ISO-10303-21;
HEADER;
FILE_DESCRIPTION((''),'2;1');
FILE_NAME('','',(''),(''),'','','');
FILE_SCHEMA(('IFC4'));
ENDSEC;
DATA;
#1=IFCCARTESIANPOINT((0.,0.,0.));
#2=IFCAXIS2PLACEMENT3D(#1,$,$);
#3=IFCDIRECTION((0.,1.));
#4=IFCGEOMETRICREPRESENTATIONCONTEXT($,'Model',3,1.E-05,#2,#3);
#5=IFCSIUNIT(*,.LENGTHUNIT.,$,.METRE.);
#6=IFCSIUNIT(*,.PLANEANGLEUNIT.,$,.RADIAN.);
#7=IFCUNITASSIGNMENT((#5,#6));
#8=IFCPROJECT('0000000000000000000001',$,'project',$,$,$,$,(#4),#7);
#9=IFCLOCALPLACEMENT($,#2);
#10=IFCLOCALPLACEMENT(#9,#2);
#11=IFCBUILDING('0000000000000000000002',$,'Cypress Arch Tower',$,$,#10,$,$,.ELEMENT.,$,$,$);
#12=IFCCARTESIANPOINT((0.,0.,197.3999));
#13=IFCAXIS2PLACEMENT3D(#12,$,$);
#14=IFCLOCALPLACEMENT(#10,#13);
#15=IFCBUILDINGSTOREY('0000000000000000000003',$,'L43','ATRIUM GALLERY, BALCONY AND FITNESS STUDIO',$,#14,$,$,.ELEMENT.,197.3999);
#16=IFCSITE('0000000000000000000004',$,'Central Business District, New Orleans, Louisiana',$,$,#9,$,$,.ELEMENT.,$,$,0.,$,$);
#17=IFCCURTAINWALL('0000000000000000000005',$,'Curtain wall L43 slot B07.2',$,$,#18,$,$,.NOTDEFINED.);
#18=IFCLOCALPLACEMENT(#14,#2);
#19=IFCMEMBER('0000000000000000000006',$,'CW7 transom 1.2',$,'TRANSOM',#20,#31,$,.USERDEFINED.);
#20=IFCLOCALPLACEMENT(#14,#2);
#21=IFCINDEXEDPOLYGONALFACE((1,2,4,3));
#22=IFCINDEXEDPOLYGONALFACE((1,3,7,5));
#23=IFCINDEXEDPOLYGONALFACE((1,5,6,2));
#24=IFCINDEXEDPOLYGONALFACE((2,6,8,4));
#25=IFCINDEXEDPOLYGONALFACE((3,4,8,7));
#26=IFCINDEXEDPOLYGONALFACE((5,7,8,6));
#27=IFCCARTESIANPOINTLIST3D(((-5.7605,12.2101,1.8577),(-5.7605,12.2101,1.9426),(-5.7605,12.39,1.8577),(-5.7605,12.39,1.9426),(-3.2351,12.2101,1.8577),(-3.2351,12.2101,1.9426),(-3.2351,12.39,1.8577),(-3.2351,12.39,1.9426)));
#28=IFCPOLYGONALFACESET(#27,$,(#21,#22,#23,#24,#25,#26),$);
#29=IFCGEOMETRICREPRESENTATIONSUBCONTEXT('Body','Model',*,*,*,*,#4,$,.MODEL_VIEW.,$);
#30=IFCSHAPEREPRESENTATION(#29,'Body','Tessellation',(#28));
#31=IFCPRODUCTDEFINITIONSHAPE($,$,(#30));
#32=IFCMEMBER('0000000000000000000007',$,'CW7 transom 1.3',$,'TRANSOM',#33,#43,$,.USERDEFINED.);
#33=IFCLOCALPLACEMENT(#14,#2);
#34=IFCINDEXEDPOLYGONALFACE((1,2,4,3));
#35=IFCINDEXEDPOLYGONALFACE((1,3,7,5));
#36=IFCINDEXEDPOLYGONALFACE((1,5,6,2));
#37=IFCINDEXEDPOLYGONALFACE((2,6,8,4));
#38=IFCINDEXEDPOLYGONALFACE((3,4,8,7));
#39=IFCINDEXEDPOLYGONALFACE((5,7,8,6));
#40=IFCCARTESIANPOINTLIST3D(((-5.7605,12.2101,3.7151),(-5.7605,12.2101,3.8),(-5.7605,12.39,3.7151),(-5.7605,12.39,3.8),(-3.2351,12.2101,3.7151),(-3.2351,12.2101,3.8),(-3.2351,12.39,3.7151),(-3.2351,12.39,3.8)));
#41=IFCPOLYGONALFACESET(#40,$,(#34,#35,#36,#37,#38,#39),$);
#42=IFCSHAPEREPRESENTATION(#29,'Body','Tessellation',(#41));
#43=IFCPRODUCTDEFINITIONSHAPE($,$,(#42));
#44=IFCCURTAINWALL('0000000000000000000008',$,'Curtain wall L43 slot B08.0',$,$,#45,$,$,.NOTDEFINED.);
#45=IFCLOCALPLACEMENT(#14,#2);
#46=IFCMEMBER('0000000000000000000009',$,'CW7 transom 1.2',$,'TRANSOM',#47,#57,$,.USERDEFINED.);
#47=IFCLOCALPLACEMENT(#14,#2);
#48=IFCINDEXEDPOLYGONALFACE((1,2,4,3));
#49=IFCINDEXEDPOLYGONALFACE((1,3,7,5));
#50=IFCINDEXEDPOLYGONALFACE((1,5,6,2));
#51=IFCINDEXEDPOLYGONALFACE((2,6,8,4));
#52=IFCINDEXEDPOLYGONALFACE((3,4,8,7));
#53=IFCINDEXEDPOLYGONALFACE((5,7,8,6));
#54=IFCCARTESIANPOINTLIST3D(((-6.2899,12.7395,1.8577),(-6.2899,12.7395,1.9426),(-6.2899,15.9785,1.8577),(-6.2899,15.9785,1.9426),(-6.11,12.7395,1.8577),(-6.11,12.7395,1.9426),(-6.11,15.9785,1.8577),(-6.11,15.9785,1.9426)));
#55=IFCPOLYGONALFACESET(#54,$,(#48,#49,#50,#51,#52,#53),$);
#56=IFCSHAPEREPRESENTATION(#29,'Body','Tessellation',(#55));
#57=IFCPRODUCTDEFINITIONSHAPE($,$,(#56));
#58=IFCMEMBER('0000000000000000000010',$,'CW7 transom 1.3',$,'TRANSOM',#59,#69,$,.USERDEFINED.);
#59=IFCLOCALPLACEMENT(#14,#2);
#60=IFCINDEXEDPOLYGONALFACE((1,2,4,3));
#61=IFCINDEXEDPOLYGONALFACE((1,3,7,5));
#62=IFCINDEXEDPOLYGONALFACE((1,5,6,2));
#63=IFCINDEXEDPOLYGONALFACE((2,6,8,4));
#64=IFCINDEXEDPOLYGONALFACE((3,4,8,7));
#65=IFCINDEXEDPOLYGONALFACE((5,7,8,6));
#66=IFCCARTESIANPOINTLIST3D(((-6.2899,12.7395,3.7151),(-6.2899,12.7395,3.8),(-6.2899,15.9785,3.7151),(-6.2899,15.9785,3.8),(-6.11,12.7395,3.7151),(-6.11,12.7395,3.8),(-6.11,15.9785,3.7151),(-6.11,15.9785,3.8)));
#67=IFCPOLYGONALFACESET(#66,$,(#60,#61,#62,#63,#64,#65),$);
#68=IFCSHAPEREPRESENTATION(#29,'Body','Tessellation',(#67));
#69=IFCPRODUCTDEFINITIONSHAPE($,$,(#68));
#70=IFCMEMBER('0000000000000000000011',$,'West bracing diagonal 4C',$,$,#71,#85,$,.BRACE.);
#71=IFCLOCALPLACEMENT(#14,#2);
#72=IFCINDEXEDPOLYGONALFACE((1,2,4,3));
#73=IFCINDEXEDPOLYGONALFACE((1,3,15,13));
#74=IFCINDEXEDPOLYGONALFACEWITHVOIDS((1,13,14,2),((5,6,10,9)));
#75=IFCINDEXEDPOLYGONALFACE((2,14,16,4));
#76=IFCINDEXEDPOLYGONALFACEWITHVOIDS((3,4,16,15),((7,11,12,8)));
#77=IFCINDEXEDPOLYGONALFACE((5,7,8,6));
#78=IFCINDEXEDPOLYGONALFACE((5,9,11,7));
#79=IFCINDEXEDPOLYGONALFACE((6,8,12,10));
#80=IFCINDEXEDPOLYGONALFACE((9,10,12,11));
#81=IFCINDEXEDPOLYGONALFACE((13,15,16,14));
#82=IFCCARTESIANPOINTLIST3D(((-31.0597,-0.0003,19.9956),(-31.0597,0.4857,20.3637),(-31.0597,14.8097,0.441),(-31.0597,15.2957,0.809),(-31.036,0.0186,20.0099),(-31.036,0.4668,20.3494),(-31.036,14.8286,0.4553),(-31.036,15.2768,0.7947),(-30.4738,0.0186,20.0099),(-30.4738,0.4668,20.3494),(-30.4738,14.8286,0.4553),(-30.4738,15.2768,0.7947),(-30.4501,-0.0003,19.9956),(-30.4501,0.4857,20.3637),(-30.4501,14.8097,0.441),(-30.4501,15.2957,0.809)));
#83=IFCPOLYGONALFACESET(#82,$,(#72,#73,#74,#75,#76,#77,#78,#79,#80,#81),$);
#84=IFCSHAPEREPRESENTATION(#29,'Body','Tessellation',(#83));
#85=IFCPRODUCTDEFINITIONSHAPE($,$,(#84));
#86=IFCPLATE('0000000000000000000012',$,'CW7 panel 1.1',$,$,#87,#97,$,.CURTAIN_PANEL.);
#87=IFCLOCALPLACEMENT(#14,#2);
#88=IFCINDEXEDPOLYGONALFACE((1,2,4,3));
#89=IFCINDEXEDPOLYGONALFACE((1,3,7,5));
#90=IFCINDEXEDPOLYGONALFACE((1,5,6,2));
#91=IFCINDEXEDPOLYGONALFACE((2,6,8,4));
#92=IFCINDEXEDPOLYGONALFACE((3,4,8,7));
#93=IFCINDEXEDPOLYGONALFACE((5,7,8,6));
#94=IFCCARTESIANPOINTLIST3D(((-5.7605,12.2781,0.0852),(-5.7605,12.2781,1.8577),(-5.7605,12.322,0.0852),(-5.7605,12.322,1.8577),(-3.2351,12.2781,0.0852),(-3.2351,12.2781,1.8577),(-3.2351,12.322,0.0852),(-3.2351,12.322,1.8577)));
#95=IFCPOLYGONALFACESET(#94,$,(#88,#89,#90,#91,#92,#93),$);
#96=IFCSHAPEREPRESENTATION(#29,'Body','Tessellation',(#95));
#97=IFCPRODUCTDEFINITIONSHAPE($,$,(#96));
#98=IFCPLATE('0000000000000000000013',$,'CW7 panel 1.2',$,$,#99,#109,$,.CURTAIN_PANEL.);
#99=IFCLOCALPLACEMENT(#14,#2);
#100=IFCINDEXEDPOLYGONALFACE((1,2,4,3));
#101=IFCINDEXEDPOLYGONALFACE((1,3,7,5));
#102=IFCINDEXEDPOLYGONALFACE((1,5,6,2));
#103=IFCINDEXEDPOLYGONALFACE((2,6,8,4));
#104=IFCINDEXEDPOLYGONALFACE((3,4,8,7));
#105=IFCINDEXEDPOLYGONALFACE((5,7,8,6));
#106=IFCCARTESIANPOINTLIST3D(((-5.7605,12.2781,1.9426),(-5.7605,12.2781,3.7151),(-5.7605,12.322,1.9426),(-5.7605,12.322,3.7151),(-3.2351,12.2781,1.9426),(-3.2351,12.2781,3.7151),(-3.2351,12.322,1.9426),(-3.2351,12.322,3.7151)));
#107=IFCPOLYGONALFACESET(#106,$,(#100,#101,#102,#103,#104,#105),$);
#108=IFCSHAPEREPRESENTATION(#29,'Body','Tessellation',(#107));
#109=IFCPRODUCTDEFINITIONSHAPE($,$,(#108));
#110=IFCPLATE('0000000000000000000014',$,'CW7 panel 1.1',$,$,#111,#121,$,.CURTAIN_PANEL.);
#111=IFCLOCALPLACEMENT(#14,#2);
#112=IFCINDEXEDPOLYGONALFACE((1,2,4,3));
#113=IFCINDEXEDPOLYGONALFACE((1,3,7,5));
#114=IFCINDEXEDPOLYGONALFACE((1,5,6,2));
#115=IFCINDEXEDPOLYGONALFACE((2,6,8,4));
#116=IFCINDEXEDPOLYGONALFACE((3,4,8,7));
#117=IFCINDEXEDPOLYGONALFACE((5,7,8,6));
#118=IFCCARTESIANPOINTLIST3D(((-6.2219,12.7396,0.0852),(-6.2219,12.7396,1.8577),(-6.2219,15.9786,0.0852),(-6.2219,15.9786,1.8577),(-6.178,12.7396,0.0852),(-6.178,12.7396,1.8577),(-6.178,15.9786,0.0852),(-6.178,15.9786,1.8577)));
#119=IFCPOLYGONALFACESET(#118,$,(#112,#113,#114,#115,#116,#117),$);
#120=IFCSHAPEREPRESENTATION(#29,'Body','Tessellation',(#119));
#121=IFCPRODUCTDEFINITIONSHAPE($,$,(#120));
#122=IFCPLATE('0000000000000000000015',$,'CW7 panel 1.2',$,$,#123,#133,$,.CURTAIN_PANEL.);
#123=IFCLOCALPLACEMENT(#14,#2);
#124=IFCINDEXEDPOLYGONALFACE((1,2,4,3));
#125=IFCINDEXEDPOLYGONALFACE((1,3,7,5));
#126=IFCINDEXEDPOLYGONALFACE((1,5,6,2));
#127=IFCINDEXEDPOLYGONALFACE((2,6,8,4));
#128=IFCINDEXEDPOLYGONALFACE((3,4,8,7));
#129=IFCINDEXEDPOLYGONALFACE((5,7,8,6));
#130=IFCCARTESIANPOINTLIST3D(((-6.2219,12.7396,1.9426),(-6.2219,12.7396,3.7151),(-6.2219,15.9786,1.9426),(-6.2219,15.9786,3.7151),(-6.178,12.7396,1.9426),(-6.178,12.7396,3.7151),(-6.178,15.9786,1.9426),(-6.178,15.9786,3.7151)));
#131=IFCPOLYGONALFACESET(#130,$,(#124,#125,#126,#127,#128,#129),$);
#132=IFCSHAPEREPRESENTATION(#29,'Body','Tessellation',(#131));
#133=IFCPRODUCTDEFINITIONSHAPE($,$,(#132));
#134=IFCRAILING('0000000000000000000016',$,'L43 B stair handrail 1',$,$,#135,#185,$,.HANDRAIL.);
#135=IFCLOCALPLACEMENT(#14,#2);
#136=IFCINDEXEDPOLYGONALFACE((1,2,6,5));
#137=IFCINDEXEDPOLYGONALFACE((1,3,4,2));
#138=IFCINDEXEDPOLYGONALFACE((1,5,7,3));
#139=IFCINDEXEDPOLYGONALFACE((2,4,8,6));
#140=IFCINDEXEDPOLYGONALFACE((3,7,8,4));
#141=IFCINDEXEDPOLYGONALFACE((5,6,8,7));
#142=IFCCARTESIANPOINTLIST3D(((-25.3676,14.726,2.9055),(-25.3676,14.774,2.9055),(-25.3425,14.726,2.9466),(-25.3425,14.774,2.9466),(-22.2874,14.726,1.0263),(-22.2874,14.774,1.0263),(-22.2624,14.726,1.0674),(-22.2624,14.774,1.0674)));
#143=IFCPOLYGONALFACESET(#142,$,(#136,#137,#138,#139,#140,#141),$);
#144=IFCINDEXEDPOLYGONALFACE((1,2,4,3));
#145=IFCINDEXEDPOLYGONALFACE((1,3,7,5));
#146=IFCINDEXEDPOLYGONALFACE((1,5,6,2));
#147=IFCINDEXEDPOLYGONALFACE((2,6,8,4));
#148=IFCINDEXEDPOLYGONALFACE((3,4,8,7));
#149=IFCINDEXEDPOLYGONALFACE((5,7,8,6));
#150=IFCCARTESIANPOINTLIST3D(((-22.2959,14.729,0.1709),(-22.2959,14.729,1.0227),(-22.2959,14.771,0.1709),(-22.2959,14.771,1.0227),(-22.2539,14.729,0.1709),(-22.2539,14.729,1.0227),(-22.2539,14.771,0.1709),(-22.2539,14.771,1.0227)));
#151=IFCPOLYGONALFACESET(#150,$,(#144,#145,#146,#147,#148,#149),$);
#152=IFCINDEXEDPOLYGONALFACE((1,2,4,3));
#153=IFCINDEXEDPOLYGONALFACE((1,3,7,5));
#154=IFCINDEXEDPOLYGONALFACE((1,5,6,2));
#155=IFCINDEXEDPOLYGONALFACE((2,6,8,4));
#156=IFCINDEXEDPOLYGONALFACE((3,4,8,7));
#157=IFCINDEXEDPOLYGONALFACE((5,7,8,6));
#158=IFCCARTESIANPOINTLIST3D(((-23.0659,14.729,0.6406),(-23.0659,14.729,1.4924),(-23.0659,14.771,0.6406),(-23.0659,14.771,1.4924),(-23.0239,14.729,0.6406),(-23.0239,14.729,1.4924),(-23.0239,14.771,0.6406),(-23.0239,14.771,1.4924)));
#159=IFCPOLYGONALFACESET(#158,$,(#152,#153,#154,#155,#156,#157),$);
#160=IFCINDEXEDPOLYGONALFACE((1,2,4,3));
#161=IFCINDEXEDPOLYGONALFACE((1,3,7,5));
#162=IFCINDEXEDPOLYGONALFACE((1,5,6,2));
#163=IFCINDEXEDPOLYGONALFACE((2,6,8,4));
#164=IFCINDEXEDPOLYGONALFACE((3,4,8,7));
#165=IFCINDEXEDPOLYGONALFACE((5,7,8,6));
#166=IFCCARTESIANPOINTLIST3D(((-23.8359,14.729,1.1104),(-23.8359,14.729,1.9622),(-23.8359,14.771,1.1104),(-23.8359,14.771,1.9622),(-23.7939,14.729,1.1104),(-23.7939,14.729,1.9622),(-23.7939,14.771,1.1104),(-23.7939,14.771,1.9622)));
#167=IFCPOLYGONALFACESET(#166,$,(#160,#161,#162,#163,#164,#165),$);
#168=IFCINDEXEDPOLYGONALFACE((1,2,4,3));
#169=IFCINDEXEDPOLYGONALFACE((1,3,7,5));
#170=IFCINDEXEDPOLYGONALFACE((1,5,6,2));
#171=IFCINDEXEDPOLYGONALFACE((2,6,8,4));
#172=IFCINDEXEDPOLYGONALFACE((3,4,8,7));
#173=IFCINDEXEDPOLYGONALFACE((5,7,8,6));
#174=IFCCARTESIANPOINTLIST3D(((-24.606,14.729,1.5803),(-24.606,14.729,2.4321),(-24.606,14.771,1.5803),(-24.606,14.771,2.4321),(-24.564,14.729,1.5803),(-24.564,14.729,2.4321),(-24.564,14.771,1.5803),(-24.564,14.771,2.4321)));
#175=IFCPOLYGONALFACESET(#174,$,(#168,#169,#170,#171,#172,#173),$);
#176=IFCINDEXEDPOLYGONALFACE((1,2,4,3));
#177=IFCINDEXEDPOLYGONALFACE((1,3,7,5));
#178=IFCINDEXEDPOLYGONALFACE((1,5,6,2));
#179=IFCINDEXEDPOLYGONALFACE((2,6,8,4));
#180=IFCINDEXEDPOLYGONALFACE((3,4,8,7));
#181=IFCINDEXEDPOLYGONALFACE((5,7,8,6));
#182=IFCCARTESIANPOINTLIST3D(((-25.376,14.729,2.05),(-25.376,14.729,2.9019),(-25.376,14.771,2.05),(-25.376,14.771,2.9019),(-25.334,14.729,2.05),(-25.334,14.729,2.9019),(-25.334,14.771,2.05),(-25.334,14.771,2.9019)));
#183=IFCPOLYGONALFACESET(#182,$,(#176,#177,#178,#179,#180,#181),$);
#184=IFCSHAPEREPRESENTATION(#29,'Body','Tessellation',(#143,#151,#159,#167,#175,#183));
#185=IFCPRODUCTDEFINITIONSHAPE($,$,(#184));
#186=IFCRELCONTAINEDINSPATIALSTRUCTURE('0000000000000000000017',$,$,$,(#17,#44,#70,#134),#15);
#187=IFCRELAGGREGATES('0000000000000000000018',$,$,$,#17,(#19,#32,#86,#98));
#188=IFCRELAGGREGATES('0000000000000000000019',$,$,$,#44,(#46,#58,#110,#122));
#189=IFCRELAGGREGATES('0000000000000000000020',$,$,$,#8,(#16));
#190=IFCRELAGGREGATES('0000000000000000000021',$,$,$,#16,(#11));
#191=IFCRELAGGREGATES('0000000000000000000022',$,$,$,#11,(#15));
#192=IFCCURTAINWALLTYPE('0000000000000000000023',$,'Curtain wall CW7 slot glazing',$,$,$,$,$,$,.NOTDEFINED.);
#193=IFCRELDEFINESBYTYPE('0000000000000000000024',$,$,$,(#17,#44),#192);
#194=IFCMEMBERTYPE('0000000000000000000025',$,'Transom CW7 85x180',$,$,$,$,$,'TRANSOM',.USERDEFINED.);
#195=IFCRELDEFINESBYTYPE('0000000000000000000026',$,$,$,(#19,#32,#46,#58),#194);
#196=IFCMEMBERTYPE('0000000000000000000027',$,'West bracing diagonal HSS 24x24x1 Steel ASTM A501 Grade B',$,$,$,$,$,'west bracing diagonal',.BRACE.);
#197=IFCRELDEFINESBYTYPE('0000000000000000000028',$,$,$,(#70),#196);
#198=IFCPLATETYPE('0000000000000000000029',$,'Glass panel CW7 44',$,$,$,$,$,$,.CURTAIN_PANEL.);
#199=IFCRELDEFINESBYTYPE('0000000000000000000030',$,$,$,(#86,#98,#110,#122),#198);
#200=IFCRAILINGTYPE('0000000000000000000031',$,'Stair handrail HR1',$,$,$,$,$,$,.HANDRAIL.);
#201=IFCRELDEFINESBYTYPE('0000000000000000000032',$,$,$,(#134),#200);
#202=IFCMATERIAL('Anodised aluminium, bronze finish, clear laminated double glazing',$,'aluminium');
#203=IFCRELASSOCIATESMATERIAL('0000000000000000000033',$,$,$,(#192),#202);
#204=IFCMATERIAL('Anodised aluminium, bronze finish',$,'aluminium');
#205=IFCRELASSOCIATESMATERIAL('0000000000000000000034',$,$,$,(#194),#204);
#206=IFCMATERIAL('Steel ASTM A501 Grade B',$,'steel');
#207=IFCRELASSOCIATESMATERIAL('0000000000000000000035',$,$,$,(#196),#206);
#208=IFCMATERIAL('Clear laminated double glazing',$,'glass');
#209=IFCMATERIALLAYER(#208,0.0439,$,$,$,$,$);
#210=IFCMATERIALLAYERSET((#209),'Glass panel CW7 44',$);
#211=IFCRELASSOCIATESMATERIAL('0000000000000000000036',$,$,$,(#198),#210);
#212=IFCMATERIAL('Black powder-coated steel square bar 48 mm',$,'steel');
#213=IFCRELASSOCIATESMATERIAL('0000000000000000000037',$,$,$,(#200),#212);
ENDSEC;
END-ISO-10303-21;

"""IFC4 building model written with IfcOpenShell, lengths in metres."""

from ifc_helpers import new_model, si_unit, direction, frame, origin, origin_2d, place, context, subcontext, project, spatial, rectangle, hollow_rectangle, extrude, material, layer, layer_set, material_profile, profile_set, type_object, element, aggregate, save


model = new_model("IFC4")

# Units and contexts
model_context = context("Model", 3, precision=1e-05, world=origin(), true_north=direction((0.0, 1.0)))
body_context = subcontext(model_context, "Body", "Model", "MODEL_VIEW")
ifc_project = project(units=[si_unit("LENGTHUNIT", "METRE"), si_unit("PLANEANGLEUNIT", "RADIAN")], contexts=[model_context])

# Site, building, storey
site_placement = place(None, origin())
site = spatial("IfcSite", under=ifc_project, at=site_placement, Name="Central Business District, New Orleans, Louisiana", CompositionType="ELEMENT", RefElevation=0.0)
building_placement = place(site_placement, origin())
building = spatial("IfcBuilding", under=site, at=building_placement, Name="Cypress Arch Tower", CompositionType="ELEMENT")
storey_placement = place(building_placement, frame((0.0, 0.0, 197.3999)))
storey = spatial("IfcBuildingStorey", under=building, at=storey_placement, Name="L43", Description="ATRIUM GALLERY, BALCONY AND FITNESS STUDIO", CompositionType="ELEMENT", Elevation=197.3999)

# Curtain walls, members
ifc_material_1 = material(Name="Anodised aluminium, bronze finish, clear laminated double glazing", Category="aluminium")
curtain_wall_type = type_object("IfcCurtainWallType", Name="Curtain wall CW7 slot glazing", PredefinedType="NOTDEFINED", material=ifc_material_1)
curtain_wall_1_placement = place(storey_placement, origin())
curtain_wall_1 = element("IfcCurtainWall", 1, at=curtain_wall_1_placement, inside=storey, type_object=curtain_wall_type, Name="Curtain wall L43 slot B07.2", PredefinedType="NOTDEFINED")
ifc_material_2 = material(Name="Anodised aluminium, bronze finish", Category="aluminium")
ifc_material_profile_1 = material_profile(ifc_material_2, rectangle(XDim=0.1799, YDim=0.085, at=origin_2d()), Name="Transom 85x180")
ifc_profile_set_1 = profile_set([ifc_material_profile_1], Name="Anodised aluminium, bronze finish")
member_type_1 = type_object("IfcMemberType", Name="Transom CW7 85x180", ElementType="TRANSOM", PredefinedType="USERDEFINED", material=ifc_profile_set_1)
member_1_placement = place(storey_placement, frame((-3.2351, 12.3, 1.9001), z_axis=(-1.0, 0.0, 0.0), x_axis=(0.0, -1.0, 0.0)))
member_1 = element("IfcMember", 2, at=member_1_placement, type_object=member_type_1, Name="CW7 transom 1.2", ObjectType="TRANSOM", PredefinedType="USERDEFINED", context=body_context, shape_type="SweptSolid", body=[
    extrude(rectangle(XDim=0.1799, YDim=0.085, at=origin_2d()), origin(), (0.0, 0.0, 1.0), 2.5254),
])
member_2_placement = place(storey_placement, frame((-3.2351, 12.3, 3.7576), z_axis=(-1.0, 0.0, 0.0), x_axis=(0.0, -1.0, 0.0)))
member_2 = element("IfcMember", 3, at=member_2_placement, type_object=member_type_1, Name="CW7 transom 1.3", ObjectType="TRANSOM", PredefinedType="USERDEFINED", context=body_context, shape_type="SweptSolid", body=[
    extrude(rectangle(XDim=0.1799, YDim=0.085, at=origin_2d()), origin(), (0.0, 0.0, 1.0), 2.5254),
])
curtain_wall_2_placement = place(storey_placement, origin())
curtain_wall_2 = element("IfcCurtainWall", 4, at=curtain_wall_2_placement, inside=storey, type_object=curtain_wall_type, Name="Curtain wall L43 slot B08.0", PredefinedType="NOTDEFINED")
member_3_placement = place(storey_placement, frame((-6.2, 12.7395, 1.9001), z_axis=(0.0, 1.0, 0.0), x_axis=(-1.0, 0.0, 0.0)))
member_3 = element("IfcMember", 5, at=member_3_placement, type_object=member_type_1, Name="CW7 transom 1.2", ObjectType="TRANSOM", PredefinedType="USERDEFINED", context=body_context, shape_type="SweptSolid", body=[
    extrude(rectangle(XDim=0.1799, YDim=0.085, at=origin_2d()), origin(), (0.0, 0.0, 1.0), 3.239),
])
member_4_placement = place(storey_placement, frame((-6.2, 12.7395, 3.7576), z_axis=(0.0, 1.0, 0.0), x_axis=(-1.0, 0.0, 0.0)))
member_4 = element("IfcMember", 6, at=member_4_placement, type_object=member_type_1, Name="CW7 transom 1.3", ObjectType="TRANSOM", PredefinedType="USERDEFINED", context=body_context, shape_type="SweptSolid", body=[
    extrude(rectangle(XDim=0.1799, YDim=0.085, at=origin_2d()), origin(), (0.0, 0.0, 1.0), 3.239),
])

# Member
ifc_material_3 = material(Name="Steel ASTM A501 Grade B", Category="steel")
ifc_material_profile_2 = material_profile(ifc_material_3, hollow_rectangle(XDim=0.6096, YDim=0.6096, WallThickness=0.0237, at=origin_2d()), Name="HSS 24x24x1")
ifc_profile_set_2 = profile_set([ifc_material_profile_2], Name="Steel ASTM A501 Grade B")
member_type_2 = type_object("IfcMemberType", Name="West bracing diagonal HSS 24x24x1 Steel ASTM A501 Grade B", ElementType="west bracing diagonal", PredefinedType="BRACE", material=ifc_profile_set_2)
member_5_placement = place(storey_placement, frame((-30.7549, 15.0527, 0.625), z_axis=(0.0, -0.603752, 0.797173), x_axis=(1.0, 0.0, 0.0)))
element("IfcMember", 7, at=member_5_placement, inside=storey, type_object=member_type_2, Name="West bracing diagonal 4C", PredefinedType="BRACE", context=body_context, shape_type="SweptSolid", body=[
    extrude(hollow_rectangle(XDim=0.6096, YDim=0.6096, WallThickness=0.0237, at=origin_2d()), origin(), (0.0, 0.0, 1.0), 24.53),
])

# Plates
ifc_material_4 = material(Name="Clear laminated double glazing", Category="glass")
ifc_layer = layer(ifc_material_4, 0.0439)
ifc_layer_set = layer_set([ifc_layer], Name="Glass panel CW7 44")
plate_type = type_object("IfcPlateType", Name="Glass panel CW7 44", PredefinedType="CURTAIN_PANEL", material=ifc_layer_set)
plate_1_placement = place(storey_placement, frame((-4.4978, 12.3, 0.0852), z_axis=(0.0, 0.0, 1.0), x_axis=(-1.0, 0.0, 0.0)))
plate_1 = element("IfcPlate", 8, at=plate_1_placement, type_object=plate_type, Name="CW7 panel 1.1", PredefinedType="CURTAIN_PANEL", context=body_context, shape_type="SweptSolid", body=[
    extrude(rectangle(XDim=2.5254, YDim=0.0439, at=origin_2d()), origin(), (0.0, 0.0, 1.0), 1.7725),
])
plate_2_placement = place(storey_placement, frame((-4.4978, 12.3, 1.9426), z_axis=(0.0, 0.0, 1.0), x_axis=(-1.0, 0.0, 0.0)))
plate_2 = element("IfcPlate", 9, at=plate_2_placement, type_object=plate_type, Name="CW7 panel 1.2", PredefinedType="CURTAIN_PANEL", context=body_context, shape_type="SweptSolid", body=[
    extrude(rectangle(XDim=2.5254, YDim=0.0439, at=origin_2d()), origin(), (0.0, 0.0, 1.0), 1.7725),
])
aggregate(curtain_wall_1, [member_1, member_2, plate_1, plate_2])
plate_3_placement = place(storey_placement, frame((-6.2, 14.3591, 0.0852), z_axis=(0.0, 0.0, 1.0), x_axis=(0.0, 1.0, 0.0)))
plate_3 = element("IfcPlate", 10, at=plate_3_placement, type_object=plate_type, Name="CW7 panel 1.1", PredefinedType="CURTAIN_PANEL", context=body_context, shape_type="SweptSolid", body=[
    extrude(rectangle(XDim=3.239, YDim=0.0439, at=origin_2d()), origin(), (0.0, 0.0, 1.0), 1.7725),
])
plate_4_placement = place(storey_placement, frame((-6.2, 14.3591, 1.9426), z_axis=(0.0, 0.0, 1.0), x_axis=(0.0, 1.0, 0.0)))
plate_4 = element("IfcPlate", 11, at=plate_4_placement, type_object=plate_type, Name="CW7 panel 1.2", PredefinedType="CURTAIN_PANEL", context=body_context, shape_type="SweptSolid", body=[
    extrude(rectangle(XDim=3.239, YDim=0.0439, at=origin_2d()), origin(), (0.0, 0.0, 1.0), 1.7725),
])
aggregate(curtain_wall_2, [member_3, member_4, plate_3, plate_4])

# Railing
ifc_material_5 = material(Name="Black powder-coated steel square bar 48 mm", Category="steel")
railing_type_1 = type_object("IfcRailingType", Name="Stair handrail HR1", PredefinedType="HANDRAIL", material=ifc_material_5)
railing_1_placement = place(storey_placement, frame((-22.2749, 14.75, 0.1709)))
element("IfcRailing", 12, at=railing_1_placement, inside=storey, type_object=railing_type_1, Name="L43 B stair handrail 1", PredefinedType="HANDRAIL", context=body_context, shape_type="SweptSolid", body=[
    extrude(rectangle(XDim=0.0481, YDim=0.0481, at=origin_2d()), frame((0.0, 0.0, 0.876), z_axis=(-0.853666, 0.0, 0.52082), x_axis=(0.0, -1.0, 0.0)), (0.0, 0.0, 1.0), 3.6082),
    extrude(rectangle(XDim=0.042, YDim=0.042, at=origin_2d()), origin(), (0.0, 0.0, 1.0), 0.8518),
    extrude(rectangle(XDim=0.042, YDim=0.042, at=origin_2d()), frame((-0.77, 0.0, 0.4697)), (0.0, 0.0, 1.0), 0.8518),
    extrude(rectangle(XDim=0.042, YDim=0.042, at=origin_2d()), frame((-1.54, 0.0, 0.9395)), (0.0, 0.0, 1.0), 0.8518),
    extrude(rectangle(XDim=0.042, YDim=0.042, at=origin_2d()), frame((-2.3101, 0.0, 1.4094)), (0.0, 0.0, 1.0), 0.8518),
    extrude(rectangle(XDim=0.042, YDim=0.042, at=origin_2d()), frame((-3.0801, 0.0, 1.8792)), (0.0, 0.0, 1.0), 0.8518),
])

save(model, "model.ifc")
